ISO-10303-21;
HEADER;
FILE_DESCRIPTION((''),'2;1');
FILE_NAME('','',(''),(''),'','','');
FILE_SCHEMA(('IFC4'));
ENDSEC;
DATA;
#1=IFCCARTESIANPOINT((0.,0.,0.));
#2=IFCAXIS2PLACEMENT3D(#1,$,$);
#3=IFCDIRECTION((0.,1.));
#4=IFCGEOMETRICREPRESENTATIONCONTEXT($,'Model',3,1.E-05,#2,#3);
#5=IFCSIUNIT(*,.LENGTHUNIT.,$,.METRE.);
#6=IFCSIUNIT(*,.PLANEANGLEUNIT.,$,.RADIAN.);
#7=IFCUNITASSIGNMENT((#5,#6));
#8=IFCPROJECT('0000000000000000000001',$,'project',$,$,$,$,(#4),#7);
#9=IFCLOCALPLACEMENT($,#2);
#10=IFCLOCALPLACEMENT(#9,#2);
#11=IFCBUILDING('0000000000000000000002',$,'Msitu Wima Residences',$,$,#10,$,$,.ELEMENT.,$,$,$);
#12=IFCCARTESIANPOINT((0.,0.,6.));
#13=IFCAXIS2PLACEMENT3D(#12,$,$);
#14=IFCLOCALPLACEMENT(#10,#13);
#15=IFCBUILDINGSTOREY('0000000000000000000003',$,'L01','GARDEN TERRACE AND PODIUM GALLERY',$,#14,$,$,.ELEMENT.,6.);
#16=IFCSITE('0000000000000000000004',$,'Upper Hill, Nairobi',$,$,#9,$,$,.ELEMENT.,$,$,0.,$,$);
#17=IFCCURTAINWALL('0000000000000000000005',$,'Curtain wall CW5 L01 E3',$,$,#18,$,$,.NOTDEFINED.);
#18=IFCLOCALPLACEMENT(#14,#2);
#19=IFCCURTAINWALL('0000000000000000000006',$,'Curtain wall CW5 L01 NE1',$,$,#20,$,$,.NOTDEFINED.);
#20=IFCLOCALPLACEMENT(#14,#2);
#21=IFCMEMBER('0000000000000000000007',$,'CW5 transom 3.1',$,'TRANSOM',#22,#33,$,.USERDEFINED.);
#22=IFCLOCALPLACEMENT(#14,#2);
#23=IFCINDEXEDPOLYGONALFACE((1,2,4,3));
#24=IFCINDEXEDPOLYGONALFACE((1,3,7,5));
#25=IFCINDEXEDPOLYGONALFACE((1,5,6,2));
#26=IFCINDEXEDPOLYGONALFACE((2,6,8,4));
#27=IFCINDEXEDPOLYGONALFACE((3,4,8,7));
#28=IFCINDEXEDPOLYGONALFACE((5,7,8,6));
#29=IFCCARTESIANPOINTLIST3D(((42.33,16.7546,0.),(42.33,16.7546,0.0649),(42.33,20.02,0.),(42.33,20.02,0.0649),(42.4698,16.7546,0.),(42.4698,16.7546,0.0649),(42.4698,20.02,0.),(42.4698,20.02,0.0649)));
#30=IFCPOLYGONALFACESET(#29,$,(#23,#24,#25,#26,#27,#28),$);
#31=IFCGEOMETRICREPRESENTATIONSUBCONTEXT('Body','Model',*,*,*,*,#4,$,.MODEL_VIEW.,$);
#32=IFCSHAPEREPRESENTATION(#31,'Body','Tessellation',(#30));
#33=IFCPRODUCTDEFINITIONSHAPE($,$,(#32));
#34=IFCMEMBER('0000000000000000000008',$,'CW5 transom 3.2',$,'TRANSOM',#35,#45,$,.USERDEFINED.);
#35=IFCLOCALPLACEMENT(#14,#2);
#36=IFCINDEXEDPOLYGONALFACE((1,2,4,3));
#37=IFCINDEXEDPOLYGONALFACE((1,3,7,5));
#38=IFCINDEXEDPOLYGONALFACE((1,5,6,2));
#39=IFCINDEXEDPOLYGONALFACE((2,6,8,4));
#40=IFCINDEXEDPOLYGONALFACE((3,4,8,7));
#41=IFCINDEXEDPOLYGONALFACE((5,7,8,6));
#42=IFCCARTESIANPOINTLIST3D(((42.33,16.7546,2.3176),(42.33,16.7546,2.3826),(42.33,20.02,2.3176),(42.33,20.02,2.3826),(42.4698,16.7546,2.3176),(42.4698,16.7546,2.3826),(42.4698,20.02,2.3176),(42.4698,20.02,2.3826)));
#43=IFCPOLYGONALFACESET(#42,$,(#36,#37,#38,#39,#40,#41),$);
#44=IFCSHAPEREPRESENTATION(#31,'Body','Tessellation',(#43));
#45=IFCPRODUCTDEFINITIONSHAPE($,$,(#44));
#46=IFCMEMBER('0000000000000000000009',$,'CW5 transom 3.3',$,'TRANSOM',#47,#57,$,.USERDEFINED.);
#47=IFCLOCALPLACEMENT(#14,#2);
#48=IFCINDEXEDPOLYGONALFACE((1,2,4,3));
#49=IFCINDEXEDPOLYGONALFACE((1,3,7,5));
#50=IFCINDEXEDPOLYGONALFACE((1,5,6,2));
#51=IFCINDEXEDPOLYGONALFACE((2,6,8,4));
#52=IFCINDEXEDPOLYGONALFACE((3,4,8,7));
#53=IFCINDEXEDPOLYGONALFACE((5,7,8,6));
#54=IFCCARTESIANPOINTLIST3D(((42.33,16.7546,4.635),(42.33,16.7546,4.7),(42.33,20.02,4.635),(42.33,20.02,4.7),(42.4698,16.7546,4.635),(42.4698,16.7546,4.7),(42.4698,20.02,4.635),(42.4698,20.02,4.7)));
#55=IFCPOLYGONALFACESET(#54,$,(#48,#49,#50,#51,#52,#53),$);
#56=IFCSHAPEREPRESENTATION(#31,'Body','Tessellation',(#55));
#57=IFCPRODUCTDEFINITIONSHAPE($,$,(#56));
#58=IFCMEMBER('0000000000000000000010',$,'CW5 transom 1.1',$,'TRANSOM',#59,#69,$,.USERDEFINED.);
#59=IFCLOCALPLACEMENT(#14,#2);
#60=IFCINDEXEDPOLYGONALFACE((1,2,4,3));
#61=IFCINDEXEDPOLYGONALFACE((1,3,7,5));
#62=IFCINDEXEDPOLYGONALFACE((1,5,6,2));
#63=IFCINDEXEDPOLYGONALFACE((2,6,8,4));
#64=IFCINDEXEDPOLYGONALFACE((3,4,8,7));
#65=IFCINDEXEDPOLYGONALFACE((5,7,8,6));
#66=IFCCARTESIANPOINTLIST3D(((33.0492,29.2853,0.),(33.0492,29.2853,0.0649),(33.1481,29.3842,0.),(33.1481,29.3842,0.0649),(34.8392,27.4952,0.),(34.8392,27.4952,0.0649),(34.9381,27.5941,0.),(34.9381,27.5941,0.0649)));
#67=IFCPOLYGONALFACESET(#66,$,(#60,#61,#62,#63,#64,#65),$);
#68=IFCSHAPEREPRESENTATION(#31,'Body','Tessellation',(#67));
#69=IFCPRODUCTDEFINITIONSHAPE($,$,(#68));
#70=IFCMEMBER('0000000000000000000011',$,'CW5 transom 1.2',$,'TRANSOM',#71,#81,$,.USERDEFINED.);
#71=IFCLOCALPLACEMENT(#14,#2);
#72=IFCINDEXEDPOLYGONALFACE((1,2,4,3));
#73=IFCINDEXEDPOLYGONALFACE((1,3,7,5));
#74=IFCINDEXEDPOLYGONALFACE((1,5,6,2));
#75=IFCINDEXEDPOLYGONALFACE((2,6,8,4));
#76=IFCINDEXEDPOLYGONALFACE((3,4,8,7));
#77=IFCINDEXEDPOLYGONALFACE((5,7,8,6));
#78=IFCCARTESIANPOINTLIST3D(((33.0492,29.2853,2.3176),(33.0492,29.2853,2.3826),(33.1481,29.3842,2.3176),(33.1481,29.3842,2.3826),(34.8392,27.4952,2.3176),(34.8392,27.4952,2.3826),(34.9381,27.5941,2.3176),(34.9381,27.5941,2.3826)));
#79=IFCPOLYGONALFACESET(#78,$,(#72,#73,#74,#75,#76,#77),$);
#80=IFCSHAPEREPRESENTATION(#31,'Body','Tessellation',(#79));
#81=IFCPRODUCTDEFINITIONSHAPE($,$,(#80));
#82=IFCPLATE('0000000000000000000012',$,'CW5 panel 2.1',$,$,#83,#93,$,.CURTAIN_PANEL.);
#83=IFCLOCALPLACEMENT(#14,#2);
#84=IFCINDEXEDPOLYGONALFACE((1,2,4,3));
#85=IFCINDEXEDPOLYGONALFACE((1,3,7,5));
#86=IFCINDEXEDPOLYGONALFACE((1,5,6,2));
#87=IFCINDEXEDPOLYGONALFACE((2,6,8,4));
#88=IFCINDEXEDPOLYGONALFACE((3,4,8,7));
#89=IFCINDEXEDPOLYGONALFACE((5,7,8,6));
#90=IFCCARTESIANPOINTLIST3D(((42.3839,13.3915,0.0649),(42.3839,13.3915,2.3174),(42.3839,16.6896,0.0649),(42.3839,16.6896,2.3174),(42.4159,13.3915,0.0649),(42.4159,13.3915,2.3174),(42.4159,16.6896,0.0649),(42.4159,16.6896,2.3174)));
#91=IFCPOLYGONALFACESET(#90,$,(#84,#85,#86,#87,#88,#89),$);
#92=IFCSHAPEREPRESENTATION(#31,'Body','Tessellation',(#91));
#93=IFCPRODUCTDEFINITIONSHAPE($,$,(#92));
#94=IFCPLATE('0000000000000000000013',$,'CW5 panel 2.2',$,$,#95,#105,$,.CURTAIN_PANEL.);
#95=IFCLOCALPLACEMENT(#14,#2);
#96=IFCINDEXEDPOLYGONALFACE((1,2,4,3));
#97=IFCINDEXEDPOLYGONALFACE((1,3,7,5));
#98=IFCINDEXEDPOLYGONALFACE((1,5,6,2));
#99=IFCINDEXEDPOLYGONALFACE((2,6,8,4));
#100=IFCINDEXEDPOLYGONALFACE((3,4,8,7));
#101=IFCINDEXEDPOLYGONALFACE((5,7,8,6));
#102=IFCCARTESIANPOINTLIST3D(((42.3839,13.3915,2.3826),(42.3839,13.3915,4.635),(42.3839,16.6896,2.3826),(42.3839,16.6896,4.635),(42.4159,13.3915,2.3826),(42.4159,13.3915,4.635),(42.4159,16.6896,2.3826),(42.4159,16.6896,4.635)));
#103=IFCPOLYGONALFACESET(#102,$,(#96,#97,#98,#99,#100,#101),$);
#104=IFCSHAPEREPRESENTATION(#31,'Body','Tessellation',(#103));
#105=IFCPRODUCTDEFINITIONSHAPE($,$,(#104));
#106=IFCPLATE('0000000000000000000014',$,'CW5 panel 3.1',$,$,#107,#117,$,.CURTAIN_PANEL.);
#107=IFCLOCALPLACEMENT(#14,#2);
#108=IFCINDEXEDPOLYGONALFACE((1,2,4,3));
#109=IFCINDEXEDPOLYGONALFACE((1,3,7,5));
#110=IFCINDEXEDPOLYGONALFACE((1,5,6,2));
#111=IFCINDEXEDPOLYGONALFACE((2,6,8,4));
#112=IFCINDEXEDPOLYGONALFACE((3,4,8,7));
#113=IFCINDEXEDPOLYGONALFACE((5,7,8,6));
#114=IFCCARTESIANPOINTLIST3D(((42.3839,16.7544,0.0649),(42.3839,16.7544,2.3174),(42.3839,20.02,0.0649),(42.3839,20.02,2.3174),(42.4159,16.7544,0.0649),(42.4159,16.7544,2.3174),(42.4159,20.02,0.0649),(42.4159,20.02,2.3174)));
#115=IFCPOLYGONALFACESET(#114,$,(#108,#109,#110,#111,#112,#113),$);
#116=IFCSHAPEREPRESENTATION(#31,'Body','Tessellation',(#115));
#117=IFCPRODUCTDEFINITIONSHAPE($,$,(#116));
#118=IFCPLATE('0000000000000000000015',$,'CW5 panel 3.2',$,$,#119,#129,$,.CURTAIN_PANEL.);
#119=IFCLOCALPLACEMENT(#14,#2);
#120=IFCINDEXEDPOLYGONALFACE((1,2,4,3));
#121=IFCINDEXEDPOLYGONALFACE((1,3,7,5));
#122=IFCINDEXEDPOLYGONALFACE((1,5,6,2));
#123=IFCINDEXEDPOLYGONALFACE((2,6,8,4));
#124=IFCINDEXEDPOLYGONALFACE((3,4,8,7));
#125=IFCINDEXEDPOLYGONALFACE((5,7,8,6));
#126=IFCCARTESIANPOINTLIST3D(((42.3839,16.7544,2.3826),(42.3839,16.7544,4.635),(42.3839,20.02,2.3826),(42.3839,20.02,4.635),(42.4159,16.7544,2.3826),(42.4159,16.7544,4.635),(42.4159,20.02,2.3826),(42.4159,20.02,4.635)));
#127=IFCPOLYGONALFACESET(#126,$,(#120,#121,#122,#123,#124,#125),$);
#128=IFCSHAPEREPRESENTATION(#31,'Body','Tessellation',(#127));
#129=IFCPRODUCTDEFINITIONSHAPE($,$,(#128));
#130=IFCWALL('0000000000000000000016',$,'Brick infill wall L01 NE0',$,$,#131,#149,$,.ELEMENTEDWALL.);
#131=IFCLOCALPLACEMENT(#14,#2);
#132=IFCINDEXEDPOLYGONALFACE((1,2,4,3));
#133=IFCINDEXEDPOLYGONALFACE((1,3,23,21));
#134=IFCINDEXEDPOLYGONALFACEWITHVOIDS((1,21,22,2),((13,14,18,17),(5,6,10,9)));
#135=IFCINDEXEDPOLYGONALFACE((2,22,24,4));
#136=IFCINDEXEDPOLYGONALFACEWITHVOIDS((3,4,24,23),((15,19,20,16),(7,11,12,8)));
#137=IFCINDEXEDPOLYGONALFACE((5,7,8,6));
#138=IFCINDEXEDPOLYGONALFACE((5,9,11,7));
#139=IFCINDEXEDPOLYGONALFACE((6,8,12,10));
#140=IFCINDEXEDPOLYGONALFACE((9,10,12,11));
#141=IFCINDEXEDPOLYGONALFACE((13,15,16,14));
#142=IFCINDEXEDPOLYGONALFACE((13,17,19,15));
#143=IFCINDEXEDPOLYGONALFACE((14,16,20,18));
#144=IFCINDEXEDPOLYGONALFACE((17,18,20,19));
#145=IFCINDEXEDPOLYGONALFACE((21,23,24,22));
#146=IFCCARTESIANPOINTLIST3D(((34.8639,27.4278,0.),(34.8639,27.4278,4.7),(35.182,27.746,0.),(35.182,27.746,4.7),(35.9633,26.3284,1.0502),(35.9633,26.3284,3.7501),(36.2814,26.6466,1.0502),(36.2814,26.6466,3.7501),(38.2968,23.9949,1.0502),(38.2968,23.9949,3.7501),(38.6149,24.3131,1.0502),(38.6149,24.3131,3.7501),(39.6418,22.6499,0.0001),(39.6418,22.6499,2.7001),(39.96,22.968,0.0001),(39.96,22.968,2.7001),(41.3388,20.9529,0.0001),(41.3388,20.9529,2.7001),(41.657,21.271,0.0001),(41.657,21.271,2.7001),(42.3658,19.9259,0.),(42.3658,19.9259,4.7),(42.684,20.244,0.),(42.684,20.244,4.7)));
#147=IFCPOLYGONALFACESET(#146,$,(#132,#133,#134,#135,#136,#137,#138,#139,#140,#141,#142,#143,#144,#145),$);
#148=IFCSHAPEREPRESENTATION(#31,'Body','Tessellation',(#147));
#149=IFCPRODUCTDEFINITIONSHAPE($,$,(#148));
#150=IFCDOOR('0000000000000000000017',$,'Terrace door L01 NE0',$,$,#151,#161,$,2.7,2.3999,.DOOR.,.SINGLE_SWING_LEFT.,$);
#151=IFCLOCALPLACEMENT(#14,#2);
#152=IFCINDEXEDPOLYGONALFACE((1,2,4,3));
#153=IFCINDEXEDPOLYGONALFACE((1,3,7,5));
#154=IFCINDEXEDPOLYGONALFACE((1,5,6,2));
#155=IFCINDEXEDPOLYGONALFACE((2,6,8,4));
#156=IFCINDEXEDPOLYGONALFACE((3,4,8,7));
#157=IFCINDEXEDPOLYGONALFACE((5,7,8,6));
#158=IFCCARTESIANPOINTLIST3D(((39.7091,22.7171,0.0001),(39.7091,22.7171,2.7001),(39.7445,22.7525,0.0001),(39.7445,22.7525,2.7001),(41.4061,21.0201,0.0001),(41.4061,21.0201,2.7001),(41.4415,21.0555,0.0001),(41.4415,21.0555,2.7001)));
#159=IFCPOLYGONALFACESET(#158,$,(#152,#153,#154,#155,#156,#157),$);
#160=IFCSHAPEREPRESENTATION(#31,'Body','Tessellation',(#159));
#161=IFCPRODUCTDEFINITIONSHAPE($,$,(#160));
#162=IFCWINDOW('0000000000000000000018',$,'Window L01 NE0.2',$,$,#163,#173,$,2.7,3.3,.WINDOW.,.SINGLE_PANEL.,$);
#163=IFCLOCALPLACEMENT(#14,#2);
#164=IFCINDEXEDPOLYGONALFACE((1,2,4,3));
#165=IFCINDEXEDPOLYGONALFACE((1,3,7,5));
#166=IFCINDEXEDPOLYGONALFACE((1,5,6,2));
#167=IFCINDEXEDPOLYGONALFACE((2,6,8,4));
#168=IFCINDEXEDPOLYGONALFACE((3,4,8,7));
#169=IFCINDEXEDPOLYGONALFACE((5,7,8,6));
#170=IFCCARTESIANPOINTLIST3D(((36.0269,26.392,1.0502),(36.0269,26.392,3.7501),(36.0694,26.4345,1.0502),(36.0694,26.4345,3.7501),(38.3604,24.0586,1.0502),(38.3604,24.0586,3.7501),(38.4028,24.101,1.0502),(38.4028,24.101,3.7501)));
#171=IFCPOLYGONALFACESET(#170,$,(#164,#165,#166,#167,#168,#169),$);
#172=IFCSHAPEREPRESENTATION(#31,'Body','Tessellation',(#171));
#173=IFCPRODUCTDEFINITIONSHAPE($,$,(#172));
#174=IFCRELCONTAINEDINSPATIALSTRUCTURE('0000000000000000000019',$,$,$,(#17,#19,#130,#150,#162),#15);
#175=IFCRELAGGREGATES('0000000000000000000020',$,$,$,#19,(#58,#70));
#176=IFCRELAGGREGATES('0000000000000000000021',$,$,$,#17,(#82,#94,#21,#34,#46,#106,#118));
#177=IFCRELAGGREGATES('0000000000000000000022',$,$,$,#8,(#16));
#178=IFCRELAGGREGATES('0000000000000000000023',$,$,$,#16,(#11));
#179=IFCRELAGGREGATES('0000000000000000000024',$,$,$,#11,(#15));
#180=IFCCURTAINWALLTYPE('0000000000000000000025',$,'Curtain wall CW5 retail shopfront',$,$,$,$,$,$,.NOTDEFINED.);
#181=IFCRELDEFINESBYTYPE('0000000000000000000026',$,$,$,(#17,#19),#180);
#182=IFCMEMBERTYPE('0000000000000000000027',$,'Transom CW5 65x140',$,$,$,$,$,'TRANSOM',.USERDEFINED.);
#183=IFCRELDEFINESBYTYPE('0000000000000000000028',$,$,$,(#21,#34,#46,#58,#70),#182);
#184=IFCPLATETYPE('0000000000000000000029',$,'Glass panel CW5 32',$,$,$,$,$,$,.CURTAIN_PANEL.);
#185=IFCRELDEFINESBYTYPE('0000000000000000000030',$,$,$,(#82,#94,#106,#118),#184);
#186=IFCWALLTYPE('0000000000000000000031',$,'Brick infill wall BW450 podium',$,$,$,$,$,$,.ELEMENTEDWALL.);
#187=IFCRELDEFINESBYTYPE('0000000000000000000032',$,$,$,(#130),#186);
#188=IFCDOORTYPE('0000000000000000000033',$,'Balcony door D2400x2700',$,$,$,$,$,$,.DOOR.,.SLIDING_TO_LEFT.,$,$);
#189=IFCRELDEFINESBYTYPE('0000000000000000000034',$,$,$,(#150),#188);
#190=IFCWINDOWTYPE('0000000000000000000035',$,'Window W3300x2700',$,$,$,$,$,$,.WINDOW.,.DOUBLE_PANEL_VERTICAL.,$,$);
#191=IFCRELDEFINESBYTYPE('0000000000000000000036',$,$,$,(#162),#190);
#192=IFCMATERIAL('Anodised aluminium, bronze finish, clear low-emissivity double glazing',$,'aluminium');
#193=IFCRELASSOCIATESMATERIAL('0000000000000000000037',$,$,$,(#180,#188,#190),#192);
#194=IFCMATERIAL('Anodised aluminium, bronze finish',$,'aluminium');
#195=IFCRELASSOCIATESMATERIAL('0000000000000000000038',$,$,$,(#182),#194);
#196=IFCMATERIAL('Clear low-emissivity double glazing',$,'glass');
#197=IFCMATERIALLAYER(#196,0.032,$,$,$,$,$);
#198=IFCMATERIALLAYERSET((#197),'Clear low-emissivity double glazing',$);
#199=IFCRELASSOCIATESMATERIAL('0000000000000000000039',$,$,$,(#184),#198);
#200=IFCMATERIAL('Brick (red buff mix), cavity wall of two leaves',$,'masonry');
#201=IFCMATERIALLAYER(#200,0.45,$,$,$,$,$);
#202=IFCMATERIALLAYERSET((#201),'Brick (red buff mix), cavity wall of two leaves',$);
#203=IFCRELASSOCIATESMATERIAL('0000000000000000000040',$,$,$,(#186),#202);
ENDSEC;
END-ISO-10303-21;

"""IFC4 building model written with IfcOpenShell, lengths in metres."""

from ifc_helpers import new_model, si_unit, direction, frame, frame_2d, origin, origin_2d, place, context, subcontext, project, spatial, rectangle, extrude, material, layer, layer_set, material_profile, profile_set, type_object, element, fill, aggregate, save


model = new_model("IFC4")

# Units and contexts
model_context = context("Model", 3, precision=1e-05, world=origin(), true_north=direction((0.0, 1.0)))
body_context = subcontext(model_context, "Body", "Model", "MODEL_VIEW")
ifc_project = project(units=[si_unit("LENGTHUNIT", "METRE"), si_unit("PLANEANGLEUNIT", "RADIAN")], contexts=[model_context])

# Site, building, storey
site_placement = place(None, origin())
site = spatial("IfcSite", under=ifc_project, at=site_placement, Name="Upper Hill, Nairobi", CompositionType="ELEMENT", RefElevation=0.0)
building_placement = place(site_placement, origin())
building = spatial("IfcBuilding", under=site, at=building_placement, Name="Msitu Wima Residences", CompositionType="ELEMENT")
storey_placement = place(building_placement, frame((0.0, 0.0, 6.0)))
storey = spatial("IfcBuildingStorey", under=building, at=storey_placement, Name="L01", Description="GARDEN TERRACE AND PODIUM GALLERY", CompositionType="ELEMENT", Elevation=6.0)

# Curtain wall
ifc_material_1 = material(Name="Anodised aluminium, bronze finish, clear low-emissivity double glazing", Category="aluminium")
curtain_wall_type = type_object("IfcCurtainWallType", Name="Curtain wall CW5 retail shopfront", PredefinedType="NOTDEFINED", material=ifc_material_1)
curtain_wall_1_placement = place(storey_placement, origin())
curtain_wall_1 = element("IfcCurtainWall", 1, at=curtain_wall_1_placement, inside=storey, type_object=curtain_wall_type, Name="Curtain wall CW5 L01 E3", PredefinedType="NOTDEFINED")
ifc_material_2 = material(Name="Anodised aluminium, bronze finish", Category="aluminium")

# Curtain wall
curtain_wall_2_placement = place(storey_placement, origin())
curtain_wall_2 = element("IfcCurtainWall", 2, at=curtain_wall_2_placement, inside=storey, type_object=curtain_wall_type, Name="Curtain wall CW5 L01 NE1", PredefinedType="NOTDEFINED")

# Members
ifc_material_profile_1 = material_profile(ifc_material_2, rectangle(XDim=0.1399, YDim=0.0649, at=origin_2d()), Name="Transom 65x140")
ifc_profile_set_1 = profile_set([ifc_material_profile_1], Name="Anodised aluminium, bronze finish")
member_type_1 = type_object("IfcMemberType", Name="Transom CW5 65x140", ElementType="TRANSOM", PredefinedType="USERDEFINED", material=ifc_profile_set_1)
member_1_placement = place(storey_placement, frame((42.3999, 16.7546, 0.0325), z_axis=(0.0, 1.0, 0.0), x_axis=(-1.0, 0.0, 0.0)))
member_1 = element("IfcMember", 3, at=member_1_placement, type_object=member_type_1, Name="CW5 transom 3.1", ObjectType="TRANSOM", PredefinedType="USERDEFINED", context=body_context, shape_type="SweptSolid", body=[
    extrude(rectangle(XDim=0.1399, YDim=0.0649, at=origin_2d()), origin(), (0.0, 0.0, 1.0), 3.2654),
])
member_2_placement = place(storey_placement, frame((42.3999, 16.7546, 2.3501), z_axis=(0.0, 1.0, 0.0), x_axis=(-1.0, 0.0, 0.0)))
member_2 = element("IfcMember", 4, at=member_2_placement, type_object=member_type_1, Name="CW5 transom 3.2", ObjectType="TRANSOM", PredefinedType="USERDEFINED", context=body_context, shape_type="SweptSolid", body=[
    extrude(rectangle(XDim=0.1399, YDim=0.0649, at=origin_2d()), origin(), (0.0, 0.0, 1.0), 3.2654),
])
member_3_placement = place(storey_placement, frame((42.3999, 16.7546, 4.6675), z_axis=(0.0, 1.0, 0.0), x_axis=(-1.0, 0.0, 0.0)))
member_3 = element("IfcMember", 5, at=member_3_placement, type_object=member_type_1, Name="CW5 transom 3.3", ObjectType="TRANSOM", PredefinedType="USERDEFINED", context=body_context, shape_type="SweptSolid", body=[
    extrude(rectangle(XDim=0.1399, YDim=0.0649, at=origin_2d()), origin(), (0.0, 0.0, 1.0), 3.2654),
])
member_4_placement = place(storey_placement, frame((34.8887, 27.5447, 0.0325), z_axis=(-0.707107, 0.707107, 0.0), x_axis=(-0.707107, -0.707107, 0.0)))
member_4 = element("IfcMember", 6, at=member_4_placement, type_object=member_type_1, Name="CW5 transom 1.1", ObjectType="TRANSOM", PredefinedType="USERDEFINED", context=body_context, shape_type="SweptSolid", body=[
    extrude(rectangle(XDim=0.1399, YDim=0.0649, at=origin_2d()), origin(), (0.0, 0.0, 1.0), 2.5315),
])
member_5_placement = place(storey_placement, frame((34.8887, 27.5447, 2.3501), z_axis=(-0.707107, 0.707107, 0.0), x_axis=(-0.707107, -0.707107, 0.0)))
member_5 = element("IfcMember", 7, at=member_5_placement, type_object=member_type_1, Name="CW5 transom 1.2", ObjectType="TRANSOM", PredefinedType="USERDEFINED", context=body_context, shape_type="SweptSolid", body=[
    extrude(rectangle(XDim=0.1399, YDim=0.0649, at=origin_2d()), origin(), (0.0, 0.0, 1.0), 2.5315),
])
aggregate(curtain_wall_2, [member_4, member_5])

# Plates
ifc_material_3 = material(Name="Clear low-emissivity double glazing", Category="glass")
ifc_layer_1 = layer(ifc_material_3, 0.032)
ifc_layer_set_1 = layer_set([ifc_layer_1], Name="Clear low-emissivity double glazing")
plate_type = type_object("IfcPlateType", Name="Glass panel CW5 32", PredefinedType="CURTAIN_PANEL", material=ifc_layer_set_1)
plate_1_placement = place(storey_placement, frame((42.3999, 15.0405, 0.0649), z_axis=(0.0, 0.0, 1.0), x_axis=(0.0, 1.0, 0.0)))
plate_1 = element("IfcPlate", 8, at=plate_1_placement, type_object=plate_type, Name="CW5 panel 2.1", PredefinedType="CURTAIN_PANEL", context=body_context, shape_type="SweptSolid", body=[
    extrude(rectangle(XDim=3.2981, YDim=0.032, at=origin_2d()), origin(), (0.0, 0.0, 1.0), 2.2524),
])
plate_2_placement = place(storey_placement, frame((42.3999, 15.0405, 2.3826), z_axis=(0.0, 0.0, 1.0), x_axis=(0.0, 1.0, 0.0)))
plate_2 = element("IfcPlate", 9, at=plate_2_placement, type_object=plate_type, Name="CW5 panel 2.2", PredefinedType="CURTAIN_PANEL", context=body_context, shape_type="SweptSolid", body=[
    extrude(rectangle(XDim=3.2981, YDim=0.032, at=origin_2d()), origin(), (0.0, 0.0, 1.0), 2.2524),
])
plate_3_placement = place(storey_placement, frame((42.3999, 18.3872, 0.0649), z_axis=(0.0, 0.0, 1.0), x_axis=(0.0, 1.0, 0.0)))
plate_3 = element("IfcPlate", 10, at=plate_3_placement, type_object=plate_type, Name="CW5 panel 3.1", PredefinedType="CURTAIN_PANEL", context=body_context, shape_type="SweptSolid", body=[
    extrude(rectangle(XDim=3.2656, YDim=0.032, at=origin_2d()), origin(), (0.0, 0.0, 1.0), 2.2524),
])
plate_4_placement = place(storey_placement, frame((42.3999, 18.3872, 2.3826), z_axis=(0.0, 0.0, 1.0), x_axis=(0.0, 1.0, 0.0)))
plate_4 = element("IfcPlate", 11, at=plate_4_placement, type_object=plate_type, Name="CW5 panel 3.2", PredefinedType="CURTAIN_PANEL", context=body_context, shape_type="SweptSolid", body=[
    extrude(rectangle(XDim=3.2656, YDim=0.032, at=origin_2d()), origin(), (0.0, 0.0, 1.0), 2.2524),
])
aggregate(curtain_wall_1, [plate_1, plate_2, member_1, member_2, member_3, plate_3, plate_4])

# Wall, openings, door, window
ifc_material_4 = material(Name="Brick (red buff mix), cavity wall of two leaves", Category="masonry")
ifc_layer_2 = layer(ifc_material_4, 0.45)
ifc_layer_set_2 = layer_set([ifc_layer_2], Name="Brick (red buff mix), cavity wall of two leaves")
wall_type_1 = type_object("IfcWallType", Name="Brick infill wall BW450 podium", PredefinedType="ELEMENTEDWALL", material=ifc_layer_set_2)
wall_1_placement = place(storey_placement, frame((42.5249, 20.085, 0.0), z_axis=(0.0, 0.0, 1.0), x_axis=(-0.707107, 0.707107, 0.0)))
wall_1 = element("IfcWall", 12, at=wall_1_placement, inside=storey, type_object=wall_type_1, Name="Brick infill wall L01 NE0", PredefinedType="ELEMENTEDWALL", context=body_context, shape_type="SweptSolid", body=[
    extrude(rectangle(XDim=10.6094, YDim=0.45, at=frame_2d((5.3047, 0.0))), origin(), (0.0, 0.0, 1.0), 4.7),
])
opening_1_placement = place(wall_1_placement, frame((1.4524, 0.0, 0.0)))
opening_1 = element("IfcOpeningElement", 13, at=opening_1_placement, cuts=wall_1, PredefinedType="OPENING", context=body_context, shape_type="SweptSolid", body=[
    extrude(rectangle(XDim=2.3999, YDim=2.7, at=frame_2d((1.2, 1.3501))), frame((0.0, 0.2349, 0.0), z_axis=(0.0, -1.0, 0.0), x_axis=(1.0, 0.0, 0.0)), (0.0, 0.0, 1.0), 0.47),
])
opening_2_placement = place(wall_1_placement, frame((5.7546, 0.0, 1.05)))
opening_2 = element("IfcOpeningElement", 14, at=opening_2_placement, cuts=wall_1, PredefinedType="OPENING", context=body_context, shape_type="SweptSolid", body=[
    extrude(rectangle(XDim=3.3, YDim=2.7, at=frame_2d((1.6499, 1.3501))), frame((0.0, 0.2349, 0.0), z_axis=(0.0, -1.0, 0.0), x_axis=(1.0, 0.0, 0.0)), (0.0, 0.0, 1.0), 0.47),
])
door_type = type_object("IfcDoorType", Name="Balcony door D2400x2700", OperationType="SLIDING_TO_LEFT", PredefinedType="DOOR", material=ifc_material_1)
door_placement = place(opening_1_placement, origin())
door = element("IfcDoor", 15, at=door_placement, inside=storey, type_object=door_type, Name="Terrace door L01 NE0", OperationType="SINGLE_SWING_LEFT", OverallHeight=2.7, OverallWidth=2.3999, PredefinedType="DOOR", context=body_context, shape_type="SweptSolid", body=[
    extrude(rectangle(XDim=2.3999, YDim=2.7, at=frame_2d((1.2, 1.3501))), frame((0.0, 0.1299, 0.0), z_axis=(0.0, -1.0, 0.0), x_axis=(1.0, 0.0, 0.0)), (0.0, 0.0, 1.0), 0.05),
])
fill(opening_1, door)
window_type = type_object("IfcWindowType", Name="Window W3300x2700", PartitioningType="DOUBLE_PANEL_VERTICAL", PredefinedType="WINDOW", material=ifc_material_1)
window_placement = place(opening_2_placement, origin())
window = element("IfcWindow", 16, at=window_placement, inside=storey, type_object=window_type, Name="Window L01 NE0.2", OverallHeight=2.7, OverallWidth=3.3, PartitioningType="SINGLE_PANEL", PredefinedType="WINDOW", context=body_context, shape_type="SweptSolid", body=[
    extrude(rectangle(XDim=3.3, YDim=2.7, at=frame_2d((1.6499, 1.3501))), frame((0.0, 0.135, 0.0), z_axis=(0.0, -1.0, 0.0), x_axis=(1.0, 0.0, 0.0)), (0.0, 0.0, 1.0), 0.0601),
])
fill(opening_2, window)

save(model, "model.ifc")
